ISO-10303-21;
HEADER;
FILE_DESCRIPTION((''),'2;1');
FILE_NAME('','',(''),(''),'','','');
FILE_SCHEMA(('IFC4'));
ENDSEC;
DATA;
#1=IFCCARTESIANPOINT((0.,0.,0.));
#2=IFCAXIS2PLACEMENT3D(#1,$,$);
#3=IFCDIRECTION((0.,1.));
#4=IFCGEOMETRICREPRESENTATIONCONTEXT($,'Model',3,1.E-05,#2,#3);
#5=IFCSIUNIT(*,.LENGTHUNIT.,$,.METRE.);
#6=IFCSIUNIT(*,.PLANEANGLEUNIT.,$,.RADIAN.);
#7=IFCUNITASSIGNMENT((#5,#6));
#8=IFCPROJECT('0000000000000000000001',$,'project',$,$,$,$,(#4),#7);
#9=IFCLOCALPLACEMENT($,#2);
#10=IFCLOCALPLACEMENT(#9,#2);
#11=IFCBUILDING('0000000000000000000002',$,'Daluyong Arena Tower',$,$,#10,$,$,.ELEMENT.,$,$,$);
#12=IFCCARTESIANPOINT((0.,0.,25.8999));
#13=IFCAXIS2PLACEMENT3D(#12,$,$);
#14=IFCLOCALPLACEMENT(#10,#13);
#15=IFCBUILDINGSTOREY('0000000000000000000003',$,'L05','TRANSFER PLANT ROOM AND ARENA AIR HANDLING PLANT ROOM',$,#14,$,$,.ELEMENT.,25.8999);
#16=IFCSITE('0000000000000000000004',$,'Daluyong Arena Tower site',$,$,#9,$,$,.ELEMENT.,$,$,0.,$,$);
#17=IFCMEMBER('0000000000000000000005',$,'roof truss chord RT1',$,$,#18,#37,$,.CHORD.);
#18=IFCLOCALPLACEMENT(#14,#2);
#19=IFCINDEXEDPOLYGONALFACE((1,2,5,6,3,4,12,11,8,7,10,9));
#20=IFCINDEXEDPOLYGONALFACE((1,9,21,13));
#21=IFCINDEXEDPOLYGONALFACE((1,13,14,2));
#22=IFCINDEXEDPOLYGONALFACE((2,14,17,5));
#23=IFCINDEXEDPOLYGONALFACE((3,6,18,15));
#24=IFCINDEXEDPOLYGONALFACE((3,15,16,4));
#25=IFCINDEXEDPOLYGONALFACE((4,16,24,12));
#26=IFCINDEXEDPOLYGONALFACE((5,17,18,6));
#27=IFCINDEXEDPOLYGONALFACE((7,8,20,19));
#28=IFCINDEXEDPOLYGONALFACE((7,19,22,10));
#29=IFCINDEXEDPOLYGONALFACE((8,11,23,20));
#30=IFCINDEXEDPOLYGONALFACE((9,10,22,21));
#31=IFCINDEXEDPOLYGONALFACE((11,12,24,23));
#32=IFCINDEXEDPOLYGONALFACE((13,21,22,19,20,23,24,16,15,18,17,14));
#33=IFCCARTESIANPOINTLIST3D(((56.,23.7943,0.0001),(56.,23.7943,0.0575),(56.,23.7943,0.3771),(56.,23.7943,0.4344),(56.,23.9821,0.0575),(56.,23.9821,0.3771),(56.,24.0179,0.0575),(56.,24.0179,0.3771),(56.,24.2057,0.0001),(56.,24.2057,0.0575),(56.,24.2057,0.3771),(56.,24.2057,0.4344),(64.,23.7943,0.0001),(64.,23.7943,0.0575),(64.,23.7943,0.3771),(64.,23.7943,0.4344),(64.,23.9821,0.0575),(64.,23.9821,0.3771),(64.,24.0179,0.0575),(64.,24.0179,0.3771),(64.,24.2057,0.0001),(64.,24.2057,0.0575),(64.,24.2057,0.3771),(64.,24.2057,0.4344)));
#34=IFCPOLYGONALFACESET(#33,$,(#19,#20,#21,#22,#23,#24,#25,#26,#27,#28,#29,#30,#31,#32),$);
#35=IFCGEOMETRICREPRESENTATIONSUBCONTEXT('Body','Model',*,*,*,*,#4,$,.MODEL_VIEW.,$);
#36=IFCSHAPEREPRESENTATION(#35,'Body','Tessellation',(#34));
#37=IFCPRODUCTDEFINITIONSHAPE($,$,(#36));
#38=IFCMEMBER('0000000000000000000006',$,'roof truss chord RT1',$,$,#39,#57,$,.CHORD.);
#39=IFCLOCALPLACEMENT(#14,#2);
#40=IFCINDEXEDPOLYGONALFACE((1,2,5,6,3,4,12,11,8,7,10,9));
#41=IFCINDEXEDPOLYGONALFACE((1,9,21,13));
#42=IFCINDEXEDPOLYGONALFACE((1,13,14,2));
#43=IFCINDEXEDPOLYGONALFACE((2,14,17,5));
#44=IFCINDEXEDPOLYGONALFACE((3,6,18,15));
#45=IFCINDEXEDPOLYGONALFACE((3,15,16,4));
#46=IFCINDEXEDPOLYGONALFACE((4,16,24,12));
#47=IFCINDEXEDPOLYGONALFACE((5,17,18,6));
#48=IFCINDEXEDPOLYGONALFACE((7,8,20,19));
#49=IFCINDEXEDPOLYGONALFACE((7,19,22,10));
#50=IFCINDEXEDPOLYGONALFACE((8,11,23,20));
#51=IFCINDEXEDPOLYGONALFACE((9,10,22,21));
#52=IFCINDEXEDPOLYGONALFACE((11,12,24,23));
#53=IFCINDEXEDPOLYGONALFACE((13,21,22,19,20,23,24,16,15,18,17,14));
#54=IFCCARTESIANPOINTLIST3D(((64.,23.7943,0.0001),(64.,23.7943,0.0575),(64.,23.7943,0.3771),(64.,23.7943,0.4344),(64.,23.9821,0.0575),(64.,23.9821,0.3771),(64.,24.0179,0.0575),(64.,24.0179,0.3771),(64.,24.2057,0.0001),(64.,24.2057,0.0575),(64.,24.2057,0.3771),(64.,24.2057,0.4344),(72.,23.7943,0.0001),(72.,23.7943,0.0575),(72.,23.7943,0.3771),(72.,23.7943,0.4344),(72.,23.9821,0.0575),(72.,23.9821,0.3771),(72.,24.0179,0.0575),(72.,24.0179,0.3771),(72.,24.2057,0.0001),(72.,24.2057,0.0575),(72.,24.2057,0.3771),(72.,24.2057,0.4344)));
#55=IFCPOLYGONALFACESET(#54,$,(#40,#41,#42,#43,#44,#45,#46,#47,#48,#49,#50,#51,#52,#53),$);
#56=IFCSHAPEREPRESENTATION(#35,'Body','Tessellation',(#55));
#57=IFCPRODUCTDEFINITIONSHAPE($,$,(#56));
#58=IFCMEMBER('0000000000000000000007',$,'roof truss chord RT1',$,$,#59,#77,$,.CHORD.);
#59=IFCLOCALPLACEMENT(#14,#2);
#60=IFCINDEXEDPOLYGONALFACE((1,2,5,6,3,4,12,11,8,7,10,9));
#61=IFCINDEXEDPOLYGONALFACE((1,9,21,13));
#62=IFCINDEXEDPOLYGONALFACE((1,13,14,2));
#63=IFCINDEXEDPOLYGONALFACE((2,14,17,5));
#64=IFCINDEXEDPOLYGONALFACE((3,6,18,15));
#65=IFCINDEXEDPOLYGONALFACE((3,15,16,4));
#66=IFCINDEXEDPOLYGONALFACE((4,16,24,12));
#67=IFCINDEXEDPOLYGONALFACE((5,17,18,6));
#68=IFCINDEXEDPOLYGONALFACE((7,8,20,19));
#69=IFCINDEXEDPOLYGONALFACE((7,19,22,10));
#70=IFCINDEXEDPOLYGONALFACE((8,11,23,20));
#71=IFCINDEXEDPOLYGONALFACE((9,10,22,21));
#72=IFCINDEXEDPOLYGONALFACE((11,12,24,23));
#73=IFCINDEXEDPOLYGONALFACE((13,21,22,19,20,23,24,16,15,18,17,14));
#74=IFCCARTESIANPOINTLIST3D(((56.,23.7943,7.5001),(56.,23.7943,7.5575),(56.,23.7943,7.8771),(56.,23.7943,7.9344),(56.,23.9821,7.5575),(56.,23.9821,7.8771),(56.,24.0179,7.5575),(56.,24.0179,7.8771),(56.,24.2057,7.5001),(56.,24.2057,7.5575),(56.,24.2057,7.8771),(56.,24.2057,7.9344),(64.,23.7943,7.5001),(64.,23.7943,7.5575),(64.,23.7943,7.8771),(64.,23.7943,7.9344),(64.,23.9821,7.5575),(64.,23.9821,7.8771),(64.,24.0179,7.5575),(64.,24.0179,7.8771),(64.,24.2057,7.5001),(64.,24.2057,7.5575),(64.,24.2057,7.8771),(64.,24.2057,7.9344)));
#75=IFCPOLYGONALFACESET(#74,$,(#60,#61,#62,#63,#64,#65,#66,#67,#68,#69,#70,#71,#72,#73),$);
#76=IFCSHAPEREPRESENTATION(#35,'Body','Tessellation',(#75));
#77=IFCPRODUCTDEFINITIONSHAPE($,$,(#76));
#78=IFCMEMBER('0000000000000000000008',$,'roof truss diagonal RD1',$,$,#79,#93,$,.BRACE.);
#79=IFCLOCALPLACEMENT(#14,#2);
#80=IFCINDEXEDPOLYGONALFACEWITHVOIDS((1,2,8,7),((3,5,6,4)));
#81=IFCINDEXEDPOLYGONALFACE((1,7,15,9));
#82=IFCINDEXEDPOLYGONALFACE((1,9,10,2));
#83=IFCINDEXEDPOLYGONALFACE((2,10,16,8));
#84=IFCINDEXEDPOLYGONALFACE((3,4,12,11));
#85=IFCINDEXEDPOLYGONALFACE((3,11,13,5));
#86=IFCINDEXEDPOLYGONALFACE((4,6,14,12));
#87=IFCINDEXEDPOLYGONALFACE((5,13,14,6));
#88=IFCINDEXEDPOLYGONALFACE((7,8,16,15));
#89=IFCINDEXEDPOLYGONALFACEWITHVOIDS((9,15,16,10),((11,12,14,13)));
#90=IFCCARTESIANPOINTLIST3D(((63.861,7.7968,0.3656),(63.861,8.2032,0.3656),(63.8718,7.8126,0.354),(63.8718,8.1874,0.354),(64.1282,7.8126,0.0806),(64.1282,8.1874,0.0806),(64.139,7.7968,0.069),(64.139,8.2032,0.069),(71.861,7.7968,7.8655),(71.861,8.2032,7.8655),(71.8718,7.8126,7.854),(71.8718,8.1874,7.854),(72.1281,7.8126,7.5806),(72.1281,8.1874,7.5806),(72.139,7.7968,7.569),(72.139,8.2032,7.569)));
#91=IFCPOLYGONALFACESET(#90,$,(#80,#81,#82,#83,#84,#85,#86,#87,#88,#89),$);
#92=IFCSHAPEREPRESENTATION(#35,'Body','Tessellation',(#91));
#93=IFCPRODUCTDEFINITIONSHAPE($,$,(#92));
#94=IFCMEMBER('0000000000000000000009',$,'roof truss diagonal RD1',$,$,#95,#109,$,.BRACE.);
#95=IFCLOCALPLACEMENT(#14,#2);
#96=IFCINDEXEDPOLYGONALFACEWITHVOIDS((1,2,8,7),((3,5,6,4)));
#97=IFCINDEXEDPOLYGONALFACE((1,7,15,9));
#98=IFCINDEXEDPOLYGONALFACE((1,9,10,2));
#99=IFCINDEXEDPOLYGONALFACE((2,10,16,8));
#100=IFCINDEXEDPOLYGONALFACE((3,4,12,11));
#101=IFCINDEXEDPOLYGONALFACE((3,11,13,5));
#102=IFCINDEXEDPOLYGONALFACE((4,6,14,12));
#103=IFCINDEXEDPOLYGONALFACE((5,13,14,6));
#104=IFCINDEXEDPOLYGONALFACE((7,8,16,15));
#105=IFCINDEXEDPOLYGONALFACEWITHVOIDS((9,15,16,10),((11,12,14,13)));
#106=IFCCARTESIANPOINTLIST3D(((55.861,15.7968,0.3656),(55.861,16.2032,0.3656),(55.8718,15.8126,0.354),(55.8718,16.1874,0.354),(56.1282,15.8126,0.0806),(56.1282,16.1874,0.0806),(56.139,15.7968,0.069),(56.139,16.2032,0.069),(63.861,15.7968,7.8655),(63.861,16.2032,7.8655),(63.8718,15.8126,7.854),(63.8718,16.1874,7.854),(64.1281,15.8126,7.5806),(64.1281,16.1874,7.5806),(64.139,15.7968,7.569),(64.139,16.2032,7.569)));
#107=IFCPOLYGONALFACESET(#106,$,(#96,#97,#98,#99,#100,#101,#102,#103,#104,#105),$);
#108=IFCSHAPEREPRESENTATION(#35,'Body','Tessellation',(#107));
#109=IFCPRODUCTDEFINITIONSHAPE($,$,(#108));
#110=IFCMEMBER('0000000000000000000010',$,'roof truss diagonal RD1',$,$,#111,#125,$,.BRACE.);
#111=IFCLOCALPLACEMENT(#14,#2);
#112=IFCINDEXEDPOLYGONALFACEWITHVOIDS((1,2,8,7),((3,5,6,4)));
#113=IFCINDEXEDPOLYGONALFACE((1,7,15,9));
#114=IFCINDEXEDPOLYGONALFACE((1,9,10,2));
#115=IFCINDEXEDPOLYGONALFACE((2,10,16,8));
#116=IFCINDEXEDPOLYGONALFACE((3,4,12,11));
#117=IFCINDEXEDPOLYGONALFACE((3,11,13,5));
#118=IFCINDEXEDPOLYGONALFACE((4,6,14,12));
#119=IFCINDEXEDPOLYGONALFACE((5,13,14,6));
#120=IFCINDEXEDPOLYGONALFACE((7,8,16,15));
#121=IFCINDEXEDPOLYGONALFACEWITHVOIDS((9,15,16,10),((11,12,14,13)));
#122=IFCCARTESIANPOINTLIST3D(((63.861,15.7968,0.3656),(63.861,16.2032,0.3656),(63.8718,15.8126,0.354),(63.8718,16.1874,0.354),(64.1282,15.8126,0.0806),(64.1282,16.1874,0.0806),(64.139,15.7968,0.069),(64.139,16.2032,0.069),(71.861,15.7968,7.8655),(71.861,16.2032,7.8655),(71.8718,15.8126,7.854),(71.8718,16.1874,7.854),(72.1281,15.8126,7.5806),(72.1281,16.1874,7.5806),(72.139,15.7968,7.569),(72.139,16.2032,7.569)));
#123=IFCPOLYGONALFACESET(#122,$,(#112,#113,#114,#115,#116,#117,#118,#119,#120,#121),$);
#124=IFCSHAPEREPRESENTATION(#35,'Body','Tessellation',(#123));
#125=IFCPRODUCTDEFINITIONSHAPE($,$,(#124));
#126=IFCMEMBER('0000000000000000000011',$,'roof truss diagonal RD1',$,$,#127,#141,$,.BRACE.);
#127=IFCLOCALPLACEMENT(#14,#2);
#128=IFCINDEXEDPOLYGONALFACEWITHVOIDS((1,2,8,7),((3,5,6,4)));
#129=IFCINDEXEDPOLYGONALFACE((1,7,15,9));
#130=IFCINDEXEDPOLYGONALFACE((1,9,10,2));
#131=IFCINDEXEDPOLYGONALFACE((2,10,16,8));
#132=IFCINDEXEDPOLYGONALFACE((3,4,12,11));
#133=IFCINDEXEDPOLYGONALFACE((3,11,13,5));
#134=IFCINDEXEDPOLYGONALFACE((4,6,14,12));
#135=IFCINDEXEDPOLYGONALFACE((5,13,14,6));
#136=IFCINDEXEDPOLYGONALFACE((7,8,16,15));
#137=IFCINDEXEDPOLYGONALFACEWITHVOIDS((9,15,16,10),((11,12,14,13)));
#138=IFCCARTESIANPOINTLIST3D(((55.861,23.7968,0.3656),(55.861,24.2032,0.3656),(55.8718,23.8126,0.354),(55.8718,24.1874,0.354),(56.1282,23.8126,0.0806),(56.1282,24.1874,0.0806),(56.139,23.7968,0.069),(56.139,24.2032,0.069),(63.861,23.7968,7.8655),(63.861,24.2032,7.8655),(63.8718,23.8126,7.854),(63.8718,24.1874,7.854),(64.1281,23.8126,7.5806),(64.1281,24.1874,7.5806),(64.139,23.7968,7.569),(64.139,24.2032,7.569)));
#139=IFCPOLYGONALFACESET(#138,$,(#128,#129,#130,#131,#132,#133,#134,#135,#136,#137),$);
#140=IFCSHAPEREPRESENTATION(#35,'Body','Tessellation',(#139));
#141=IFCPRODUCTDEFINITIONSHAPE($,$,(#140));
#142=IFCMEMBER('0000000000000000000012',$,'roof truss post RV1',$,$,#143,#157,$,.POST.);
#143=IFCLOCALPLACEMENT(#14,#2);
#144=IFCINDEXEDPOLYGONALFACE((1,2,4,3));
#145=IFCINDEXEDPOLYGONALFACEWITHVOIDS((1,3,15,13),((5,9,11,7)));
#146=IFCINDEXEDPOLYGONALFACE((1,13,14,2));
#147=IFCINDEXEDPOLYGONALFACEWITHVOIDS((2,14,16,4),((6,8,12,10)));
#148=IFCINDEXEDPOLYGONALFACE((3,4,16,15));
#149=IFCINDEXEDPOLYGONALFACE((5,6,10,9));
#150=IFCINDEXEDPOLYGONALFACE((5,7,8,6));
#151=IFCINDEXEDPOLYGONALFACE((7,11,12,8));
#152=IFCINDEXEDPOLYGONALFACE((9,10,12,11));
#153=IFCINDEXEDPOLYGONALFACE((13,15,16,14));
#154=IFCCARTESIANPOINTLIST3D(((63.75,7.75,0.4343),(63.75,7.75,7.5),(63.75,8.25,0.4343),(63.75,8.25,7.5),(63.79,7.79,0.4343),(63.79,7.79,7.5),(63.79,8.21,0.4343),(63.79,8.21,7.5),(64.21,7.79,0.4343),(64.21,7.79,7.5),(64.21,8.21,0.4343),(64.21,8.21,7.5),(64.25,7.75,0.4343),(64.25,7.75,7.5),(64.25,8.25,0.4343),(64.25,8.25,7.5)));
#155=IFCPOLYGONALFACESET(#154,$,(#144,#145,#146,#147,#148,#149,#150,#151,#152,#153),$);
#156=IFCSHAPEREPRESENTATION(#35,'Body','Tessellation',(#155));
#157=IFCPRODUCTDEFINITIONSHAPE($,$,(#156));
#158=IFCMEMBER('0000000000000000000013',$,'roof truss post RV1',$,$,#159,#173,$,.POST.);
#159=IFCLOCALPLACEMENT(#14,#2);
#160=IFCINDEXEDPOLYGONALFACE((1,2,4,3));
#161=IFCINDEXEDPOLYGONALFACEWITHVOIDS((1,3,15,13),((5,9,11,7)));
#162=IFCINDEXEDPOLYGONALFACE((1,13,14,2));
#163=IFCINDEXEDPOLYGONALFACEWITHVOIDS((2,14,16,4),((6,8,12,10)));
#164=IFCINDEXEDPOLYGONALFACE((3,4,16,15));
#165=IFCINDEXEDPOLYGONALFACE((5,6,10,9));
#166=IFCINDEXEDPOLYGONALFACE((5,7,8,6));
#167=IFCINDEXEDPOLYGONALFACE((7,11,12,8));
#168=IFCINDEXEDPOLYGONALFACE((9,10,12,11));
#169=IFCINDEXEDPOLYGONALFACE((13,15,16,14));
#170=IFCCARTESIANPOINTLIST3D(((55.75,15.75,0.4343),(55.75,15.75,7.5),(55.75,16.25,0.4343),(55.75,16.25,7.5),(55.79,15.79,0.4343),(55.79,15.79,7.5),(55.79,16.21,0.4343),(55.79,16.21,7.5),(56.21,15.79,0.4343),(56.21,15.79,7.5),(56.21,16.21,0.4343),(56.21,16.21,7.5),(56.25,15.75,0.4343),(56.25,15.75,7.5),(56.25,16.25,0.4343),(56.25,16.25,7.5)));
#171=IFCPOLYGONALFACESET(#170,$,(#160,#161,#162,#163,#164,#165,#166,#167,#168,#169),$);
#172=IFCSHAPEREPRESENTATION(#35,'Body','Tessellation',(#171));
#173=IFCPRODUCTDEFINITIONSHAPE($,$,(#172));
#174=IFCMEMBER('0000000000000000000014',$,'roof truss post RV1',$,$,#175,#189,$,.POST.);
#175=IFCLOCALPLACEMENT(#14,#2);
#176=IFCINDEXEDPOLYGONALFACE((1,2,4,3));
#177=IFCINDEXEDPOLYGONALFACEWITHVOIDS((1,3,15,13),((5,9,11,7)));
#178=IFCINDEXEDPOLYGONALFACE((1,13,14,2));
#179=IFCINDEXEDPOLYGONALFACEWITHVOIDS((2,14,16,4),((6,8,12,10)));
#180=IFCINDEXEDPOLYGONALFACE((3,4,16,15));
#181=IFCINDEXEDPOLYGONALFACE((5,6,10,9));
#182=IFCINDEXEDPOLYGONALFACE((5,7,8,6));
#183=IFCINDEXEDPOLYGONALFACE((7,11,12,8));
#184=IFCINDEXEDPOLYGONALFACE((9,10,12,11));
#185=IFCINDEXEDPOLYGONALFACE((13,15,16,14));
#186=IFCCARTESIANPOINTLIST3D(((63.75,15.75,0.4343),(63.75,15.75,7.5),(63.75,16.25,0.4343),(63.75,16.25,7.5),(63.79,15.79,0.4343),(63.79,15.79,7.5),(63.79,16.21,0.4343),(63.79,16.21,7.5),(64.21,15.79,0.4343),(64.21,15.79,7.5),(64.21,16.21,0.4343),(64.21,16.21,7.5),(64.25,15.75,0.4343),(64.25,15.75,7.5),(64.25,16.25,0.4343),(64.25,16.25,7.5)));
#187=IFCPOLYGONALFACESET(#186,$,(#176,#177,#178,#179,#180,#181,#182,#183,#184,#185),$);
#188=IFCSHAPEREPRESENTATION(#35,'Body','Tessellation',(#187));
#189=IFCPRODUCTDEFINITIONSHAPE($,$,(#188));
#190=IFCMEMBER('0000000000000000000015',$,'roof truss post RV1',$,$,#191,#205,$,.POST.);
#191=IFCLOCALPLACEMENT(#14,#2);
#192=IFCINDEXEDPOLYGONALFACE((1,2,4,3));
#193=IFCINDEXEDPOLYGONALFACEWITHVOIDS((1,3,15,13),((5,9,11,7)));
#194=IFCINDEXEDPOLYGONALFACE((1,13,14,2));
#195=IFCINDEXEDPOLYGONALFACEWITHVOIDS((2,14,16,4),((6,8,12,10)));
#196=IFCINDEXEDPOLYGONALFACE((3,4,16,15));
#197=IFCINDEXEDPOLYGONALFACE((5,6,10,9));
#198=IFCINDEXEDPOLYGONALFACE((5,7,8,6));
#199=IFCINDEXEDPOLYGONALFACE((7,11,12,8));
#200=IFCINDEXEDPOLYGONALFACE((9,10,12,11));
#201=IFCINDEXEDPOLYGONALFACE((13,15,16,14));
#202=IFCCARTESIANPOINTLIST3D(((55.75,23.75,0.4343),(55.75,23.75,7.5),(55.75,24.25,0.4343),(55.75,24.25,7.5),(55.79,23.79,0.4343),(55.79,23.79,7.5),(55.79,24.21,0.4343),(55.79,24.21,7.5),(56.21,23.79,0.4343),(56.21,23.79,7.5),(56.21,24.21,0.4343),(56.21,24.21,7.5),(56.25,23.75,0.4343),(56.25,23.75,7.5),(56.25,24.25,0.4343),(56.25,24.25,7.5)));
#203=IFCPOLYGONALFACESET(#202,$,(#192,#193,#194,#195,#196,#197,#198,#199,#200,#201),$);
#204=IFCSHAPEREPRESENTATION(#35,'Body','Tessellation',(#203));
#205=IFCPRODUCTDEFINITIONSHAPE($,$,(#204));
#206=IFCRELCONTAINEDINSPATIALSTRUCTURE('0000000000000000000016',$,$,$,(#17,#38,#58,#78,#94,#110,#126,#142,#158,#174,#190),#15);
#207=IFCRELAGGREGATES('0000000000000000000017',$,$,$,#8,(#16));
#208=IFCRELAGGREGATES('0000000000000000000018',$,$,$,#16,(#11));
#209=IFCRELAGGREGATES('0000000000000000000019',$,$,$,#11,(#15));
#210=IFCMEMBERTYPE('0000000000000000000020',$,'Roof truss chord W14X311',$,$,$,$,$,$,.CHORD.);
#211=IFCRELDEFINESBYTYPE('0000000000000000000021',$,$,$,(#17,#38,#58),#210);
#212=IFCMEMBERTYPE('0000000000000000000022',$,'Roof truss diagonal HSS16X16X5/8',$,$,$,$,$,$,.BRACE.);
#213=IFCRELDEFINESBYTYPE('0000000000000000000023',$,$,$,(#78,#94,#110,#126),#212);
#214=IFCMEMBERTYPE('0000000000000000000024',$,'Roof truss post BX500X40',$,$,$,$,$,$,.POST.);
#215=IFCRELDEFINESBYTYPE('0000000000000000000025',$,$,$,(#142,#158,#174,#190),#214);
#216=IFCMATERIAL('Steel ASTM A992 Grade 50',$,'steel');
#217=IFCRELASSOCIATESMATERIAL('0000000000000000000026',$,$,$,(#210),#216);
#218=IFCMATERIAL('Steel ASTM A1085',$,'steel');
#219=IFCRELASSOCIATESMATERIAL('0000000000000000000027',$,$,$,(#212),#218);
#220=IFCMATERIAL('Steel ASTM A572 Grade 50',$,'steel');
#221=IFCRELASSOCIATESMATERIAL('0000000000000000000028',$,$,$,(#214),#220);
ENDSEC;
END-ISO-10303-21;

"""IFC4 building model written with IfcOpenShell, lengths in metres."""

from ifc_helpers import new_model, si_unit, direction, frame, origin, origin_2d, place, context, subcontext, project, spatial, hollow_rectangle, i_section, extrude, material, material_profile, profile_set, type_object, element, save


model = new_model("IFC4")

# Units and contexts
model_context = context("Model", 3, precision=1e-05, world=origin(), true_north=direction((0.0, 1.0)))
body_context = subcontext(model_context, "Body", "Model", "MODEL_VIEW")
ifc_project = project(units=[si_unit("LENGTHUNIT", "METRE"), si_unit("PLANEANGLEUNIT", "RADIAN")], contexts=[model_context])

# Site, building, storey
site_placement = place(None, origin())
site = spatial("IfcSite", under=ifc_project, at=site_placement, Name="Daluyong Arena Tower site", CompositionType="ELEMENT", RefElevation=0.0)
building_placement = place(site_placement, origin())
building = spatial("IfcBuilding", under=site, at=building_placement, Name="Daluyong Arena Tower", CompositionType="ELEMENT")
storey_placement = place(building_placement, frame((0.0, 0.0, 25.8999)))
storey = spatial("IfcBuildingStorey", under=building, at=storey_placement, Name="L05", Description="TRANSFER PLANT ROOM AND ARENA AIR HANDLING PLANT ROOM", CompositionType="ELEMENT", Elevation=25.8999)

# Members
ifc_material_1 = material(Name="Steel ASTM A992 Grade 50", Category="steel")
ifc_material_profile_1 = material_profile(ifc_material_1, i_section(OverallWidth=0.4114, OverallDepth=0.4343, WebThickness=0.0359, FlangeThickness=0.0574, at=origin_2d()))
ifc_profile_set_1 = profile_set([ifc_material_profile_1], Name="Steel ASTM A992 Grade 50")
member_type_1 = type_object("IfcMemberType", Name="Roof truss chord W14X311", PredefinedType="CHORD", material=ifc_profile_set_1)
for number, where, z_axis, x_axis, name in (
    (1, (56.0, 24.0, 0.2173), (1.0, 0.0, 0.0), (0.0, 1.0, 0.0), "roof truss chord RT1"),
    (2, (64.0, 24.0, 0.2173), (1.0, 0.0, 0.0), (0.0, 1.0, 0.0), "roof truss chord RT1"),
    (3, (56.0, 24.0, 7.7173), (1.0, 0.0, 0.0), (0.0, 1.0, 0.0), "roof truss chord RT1"),
):
    element("IfcMember", number, at=place(storey_placement, frame(where, z_axis=z_axis, x_axis=x_axis)), inside=storey, type_object=member_type_1, Name=name, PredefinedType="CHORD", context=body_context, shape_type="SweptSolid", body=[
        extrude(i_section(OverallWidth=0.4114, OverallDepth=0.4343, WebThickness=0.0359, FlangeThickness=0.0574, at=origin_2d()), origin(), (0.0, 0.0, 1.0), 8.0),
    ])
ifc_material_2 = material(Name="Steel ASTM A1085", Category="steel")
ifc_material_profile_2 = material_profile(ifc_material_2, hollow_rectangle(XDim=0.4065, YDim=0.4065, WallThickness=0.0159, at=origin_2d()))
ifc_profile_set_2 = profile_set([ifc_material_profile_2], Name="Steel ASTM A1085")
member_type_2 = type_object("IfcMemberType", Name="Roof truss diagonal HSS16X16X5/8", PredefinedType="BRACE", material=ifc_profile_set_2)
for number, where, z_axis, x_axis, name in (
    (4, (64.0, 8.0, 0.2173), (0.729537, 0.0, 0.683941), (0.0, 1.0, 0.0), "roof truss diagonal RD1"),
    (5, (56.0, 16.0, 0.2173), (0.729537, 0.0, 0.683941), (0.0, 1.0, 0.0), "roof truss diagonal RD1"),
    (6, (64.0, 16.0, 0.2173), (0.729537, 0.0, 0.683941), (0.0, 1.0, 0.0), "roof truss diagonal RD1"),
    (7, (56.0, 24.0, 0.2173), (0.729537, 0.0, 0.683941), (0.0, 1.0, 0.0), "roof truss diagonal RD1"),
):
    element("IfcMember", number, at=place(storey_placement, frame(where, z_axis=z_axis, x_axis=x_axis)), inside=storey, type_object=member_type_2, Name=name, PredefinedType="BRACE", context=body_context, shape_type="SweptSolid", body=[
        extrude(hollow_rectangle(XDim=0.4065, YDim=0.4065, WallThickness=0.0159, at=origin_2d()), origin(), (0.0, 0.0, 1.0), 10.9658),
    ])
ifc_material_3 = material(Name="Steel ASTM A572 Grade 50", Category="steel")
ifc_material_profile_3 = material_profile(ifc_material_3, hollow_rectangle(XDim=0.5, YDim=0.5, WallThickness=0.04, at=origin_2d()))
ifc_profile_set_3 = profile_set([ifc_material_profile_3], Name="Steel ASTM A572 Grade 50")
member_type_3 = type_object("IfcMemberType", Name="Roof truss post BX500X40", PredefinedType="POST", material=ifc_profile_set_3)
for number, where, z_axis, x_axis, name in (
    (8, (64.0, 8.0, 0.4343), (0.0, 0.0, 1.0), (1.0, 0.0, 0.0), "roof truss post RV1"),
    (9, (56.0, 16.0, 0.4343), (0.0, 0.0, 1.0), (1.0, 0.0, 0.0), "roof truss post RV1"),
    (10, (64.0, 16.0, 0.4343), (0.0, 0.0, 1.0), (1.0, 0.0, 0.0), "roof truss post RV1"),
    (11, (56.0, 24.0, 0.4343), (0.0, 0.0, 1.0), (1.0, 0.0, 0.0), "roof truss post RV1"),
):
    element("IfcMember", number, at=place(storey_placement, frame(where, z_axis=z_axis, x_axis=x_axis)), inside=storey, type_object=member_type_3, Name=name, PredefinedType="POST", context=body_context, shape_type="SweptSolid", body=[
        extrude(hollow_rectangle(XDim=0.5, YDim=0.5, WallThickness=0.04, at=origin_2d()), origin(), (0.0, 0.0, 1.0), 7.0657),
    ])

save(model, "model.ifc")
